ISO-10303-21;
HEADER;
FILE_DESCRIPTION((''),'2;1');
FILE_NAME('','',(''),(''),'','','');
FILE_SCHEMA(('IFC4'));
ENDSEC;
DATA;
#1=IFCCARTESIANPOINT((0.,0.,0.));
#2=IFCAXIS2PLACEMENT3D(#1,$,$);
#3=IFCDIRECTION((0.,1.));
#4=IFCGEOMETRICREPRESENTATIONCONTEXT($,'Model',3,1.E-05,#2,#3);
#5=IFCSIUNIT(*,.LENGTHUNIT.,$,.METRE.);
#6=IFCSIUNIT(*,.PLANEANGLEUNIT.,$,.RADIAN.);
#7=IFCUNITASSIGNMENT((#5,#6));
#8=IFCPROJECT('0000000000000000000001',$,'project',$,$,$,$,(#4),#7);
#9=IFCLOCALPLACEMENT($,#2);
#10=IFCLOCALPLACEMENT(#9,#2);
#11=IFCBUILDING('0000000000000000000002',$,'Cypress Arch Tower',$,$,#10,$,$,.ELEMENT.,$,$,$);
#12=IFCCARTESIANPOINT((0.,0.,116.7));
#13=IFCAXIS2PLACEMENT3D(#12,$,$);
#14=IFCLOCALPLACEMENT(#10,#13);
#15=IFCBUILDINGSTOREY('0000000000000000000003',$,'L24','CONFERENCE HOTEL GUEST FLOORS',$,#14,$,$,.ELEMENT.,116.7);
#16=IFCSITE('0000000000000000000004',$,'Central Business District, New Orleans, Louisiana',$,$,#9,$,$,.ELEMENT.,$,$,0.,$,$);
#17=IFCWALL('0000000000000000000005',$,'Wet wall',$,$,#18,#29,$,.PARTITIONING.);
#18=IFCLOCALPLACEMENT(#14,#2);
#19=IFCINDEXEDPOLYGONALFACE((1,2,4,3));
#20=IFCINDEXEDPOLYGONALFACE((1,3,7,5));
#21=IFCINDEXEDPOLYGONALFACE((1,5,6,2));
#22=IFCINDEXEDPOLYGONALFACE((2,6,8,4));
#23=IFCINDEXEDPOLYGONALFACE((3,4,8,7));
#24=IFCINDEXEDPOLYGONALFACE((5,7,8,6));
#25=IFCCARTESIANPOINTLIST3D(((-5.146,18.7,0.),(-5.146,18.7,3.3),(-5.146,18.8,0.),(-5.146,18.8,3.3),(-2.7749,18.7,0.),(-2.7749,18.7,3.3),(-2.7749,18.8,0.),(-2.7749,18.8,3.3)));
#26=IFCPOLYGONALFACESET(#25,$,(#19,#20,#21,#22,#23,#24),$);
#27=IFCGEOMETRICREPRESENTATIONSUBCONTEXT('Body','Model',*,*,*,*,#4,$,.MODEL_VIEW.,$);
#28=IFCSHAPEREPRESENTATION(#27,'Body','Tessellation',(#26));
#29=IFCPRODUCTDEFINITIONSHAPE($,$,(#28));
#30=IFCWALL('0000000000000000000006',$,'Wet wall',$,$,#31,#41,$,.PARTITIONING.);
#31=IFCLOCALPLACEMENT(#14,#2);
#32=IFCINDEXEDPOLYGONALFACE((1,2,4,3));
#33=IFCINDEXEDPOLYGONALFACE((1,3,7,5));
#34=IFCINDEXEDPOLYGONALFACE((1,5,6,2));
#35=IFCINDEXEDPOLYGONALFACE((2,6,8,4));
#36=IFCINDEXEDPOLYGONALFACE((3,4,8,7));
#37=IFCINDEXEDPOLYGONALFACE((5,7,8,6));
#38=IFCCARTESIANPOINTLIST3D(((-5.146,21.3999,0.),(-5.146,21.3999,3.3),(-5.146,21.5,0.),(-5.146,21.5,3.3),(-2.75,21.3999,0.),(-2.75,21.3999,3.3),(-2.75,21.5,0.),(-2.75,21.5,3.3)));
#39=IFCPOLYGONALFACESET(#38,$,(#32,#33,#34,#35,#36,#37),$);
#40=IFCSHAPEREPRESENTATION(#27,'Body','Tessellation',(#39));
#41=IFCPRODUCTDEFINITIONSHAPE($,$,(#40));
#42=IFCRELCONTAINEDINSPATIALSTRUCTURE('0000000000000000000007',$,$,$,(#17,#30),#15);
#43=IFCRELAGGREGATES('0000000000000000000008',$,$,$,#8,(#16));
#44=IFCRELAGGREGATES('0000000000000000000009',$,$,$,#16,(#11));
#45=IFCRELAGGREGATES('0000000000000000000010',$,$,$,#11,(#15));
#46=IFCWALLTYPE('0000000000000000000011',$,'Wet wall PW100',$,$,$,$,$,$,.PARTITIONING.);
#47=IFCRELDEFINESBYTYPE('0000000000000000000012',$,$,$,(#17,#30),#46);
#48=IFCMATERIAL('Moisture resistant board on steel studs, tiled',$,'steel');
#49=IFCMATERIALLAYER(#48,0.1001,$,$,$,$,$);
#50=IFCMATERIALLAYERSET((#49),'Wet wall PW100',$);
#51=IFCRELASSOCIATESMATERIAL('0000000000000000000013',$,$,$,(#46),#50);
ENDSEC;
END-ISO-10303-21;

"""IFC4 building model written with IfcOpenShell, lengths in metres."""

from ifc_helpers import new_model, si_unit, direction, frame, frame_2d, origin, place, context, subcontext, project, spatial, rectangle, extrude, material, layer, layer_set, type_object, element, save


model = new_model("IFC4")

# Units and contexts
model_context = context("Model", 3, precision=1e-05, world=origin(), true_north=direction((0.0, 1.0)))
body_context = subcontext(model_context, "Body", "Model", "MODEL_VIEW")
ifc_project = project(units=[si_unit("LENGTHUNIT", "METRE"), si_unit("PLANEANGLEUNIT", "RADIAN")], contexts=[model_context])

# Site, building, storey
site_placement = place(None, origin())
site = spatial("IfcSite", under=ifc_project, at=site_placement, Name="Central Business District, New Orleans, Louisiana", CompositionType="ELEMENT", RefElevation=0.0)
building_placement = place(site_placement, origin())
building = spatial("IfcBuilding", under=site, at=building_placement, Name="Cypress Arch Tower", CompositionType="ELEMENT")
storey_placement = place(building_placement, frame((0.0, 0.0, 116.7)))
storey = spatial("IfcBuildingStorey", under=building, at=storey_placement, Name="L24", Description="CONFERENCE HOTEL GUEST FLOORS", CompositionType="ELEMENT", Elevation=116.7)

# Shared definitions
ifc_material_1 = material(Name="Moisture resistant board on steel studs, tiled", Category="steel")
ifc_layer_1 = layer(ifc_material_1, 0.1001)
ifc_layer_set_1 = layer_set([ifc_layer_1], Name="Wet wall PW100")
wall_type_1 = type_object("IfcWallType", Name="Wet wall PW100", PredefinedType="PARTITIONING", material=ifc_layer_set_1)

# Walls
wall_1_placement = place(storey_placement, frame((-5.146, 18.75, 0.0), z_axis=(0.0, 0.0, 1.0), x_axis=(1.0, 0.0, 0.0)))
element("IfcWall", 1, at=wall_1_placement, inside=storey, type_object=wall_type_1, Name="Wet wall", PredefinedType="PARTITIONING", context=body_context, shape_type="SweptSolid", body=[
    extrude(rectangle(XDim=2.3711, YDim=0.1001, at=frame_2d((1.1855, 0.0))), origin(), (0.0, 0.0, 1.0), 3.3),
])
wall_2_placement = place(storey_placement, frame((-5.146, 21.45, 0.0), z_axis=(0.0, 0.0, 1.0), x_axis=(1.0, 0.0, 0.0)))
element("IfcWall", 2, at=wall_2_placement, inside=storey, type_object=wall_type_1, Name="Wet wall", PredefinedType="PARTITIONING", context=body_context, shape_type="SweptSolid", body=[
    extrude(rectangle(XDim=2.396, YDim=0.1001, at=frame_2d((1.198, 0.0))), origin(), (0.0, 0.0, 1.0), 3.3),
])

save(model, "model.ifc")
